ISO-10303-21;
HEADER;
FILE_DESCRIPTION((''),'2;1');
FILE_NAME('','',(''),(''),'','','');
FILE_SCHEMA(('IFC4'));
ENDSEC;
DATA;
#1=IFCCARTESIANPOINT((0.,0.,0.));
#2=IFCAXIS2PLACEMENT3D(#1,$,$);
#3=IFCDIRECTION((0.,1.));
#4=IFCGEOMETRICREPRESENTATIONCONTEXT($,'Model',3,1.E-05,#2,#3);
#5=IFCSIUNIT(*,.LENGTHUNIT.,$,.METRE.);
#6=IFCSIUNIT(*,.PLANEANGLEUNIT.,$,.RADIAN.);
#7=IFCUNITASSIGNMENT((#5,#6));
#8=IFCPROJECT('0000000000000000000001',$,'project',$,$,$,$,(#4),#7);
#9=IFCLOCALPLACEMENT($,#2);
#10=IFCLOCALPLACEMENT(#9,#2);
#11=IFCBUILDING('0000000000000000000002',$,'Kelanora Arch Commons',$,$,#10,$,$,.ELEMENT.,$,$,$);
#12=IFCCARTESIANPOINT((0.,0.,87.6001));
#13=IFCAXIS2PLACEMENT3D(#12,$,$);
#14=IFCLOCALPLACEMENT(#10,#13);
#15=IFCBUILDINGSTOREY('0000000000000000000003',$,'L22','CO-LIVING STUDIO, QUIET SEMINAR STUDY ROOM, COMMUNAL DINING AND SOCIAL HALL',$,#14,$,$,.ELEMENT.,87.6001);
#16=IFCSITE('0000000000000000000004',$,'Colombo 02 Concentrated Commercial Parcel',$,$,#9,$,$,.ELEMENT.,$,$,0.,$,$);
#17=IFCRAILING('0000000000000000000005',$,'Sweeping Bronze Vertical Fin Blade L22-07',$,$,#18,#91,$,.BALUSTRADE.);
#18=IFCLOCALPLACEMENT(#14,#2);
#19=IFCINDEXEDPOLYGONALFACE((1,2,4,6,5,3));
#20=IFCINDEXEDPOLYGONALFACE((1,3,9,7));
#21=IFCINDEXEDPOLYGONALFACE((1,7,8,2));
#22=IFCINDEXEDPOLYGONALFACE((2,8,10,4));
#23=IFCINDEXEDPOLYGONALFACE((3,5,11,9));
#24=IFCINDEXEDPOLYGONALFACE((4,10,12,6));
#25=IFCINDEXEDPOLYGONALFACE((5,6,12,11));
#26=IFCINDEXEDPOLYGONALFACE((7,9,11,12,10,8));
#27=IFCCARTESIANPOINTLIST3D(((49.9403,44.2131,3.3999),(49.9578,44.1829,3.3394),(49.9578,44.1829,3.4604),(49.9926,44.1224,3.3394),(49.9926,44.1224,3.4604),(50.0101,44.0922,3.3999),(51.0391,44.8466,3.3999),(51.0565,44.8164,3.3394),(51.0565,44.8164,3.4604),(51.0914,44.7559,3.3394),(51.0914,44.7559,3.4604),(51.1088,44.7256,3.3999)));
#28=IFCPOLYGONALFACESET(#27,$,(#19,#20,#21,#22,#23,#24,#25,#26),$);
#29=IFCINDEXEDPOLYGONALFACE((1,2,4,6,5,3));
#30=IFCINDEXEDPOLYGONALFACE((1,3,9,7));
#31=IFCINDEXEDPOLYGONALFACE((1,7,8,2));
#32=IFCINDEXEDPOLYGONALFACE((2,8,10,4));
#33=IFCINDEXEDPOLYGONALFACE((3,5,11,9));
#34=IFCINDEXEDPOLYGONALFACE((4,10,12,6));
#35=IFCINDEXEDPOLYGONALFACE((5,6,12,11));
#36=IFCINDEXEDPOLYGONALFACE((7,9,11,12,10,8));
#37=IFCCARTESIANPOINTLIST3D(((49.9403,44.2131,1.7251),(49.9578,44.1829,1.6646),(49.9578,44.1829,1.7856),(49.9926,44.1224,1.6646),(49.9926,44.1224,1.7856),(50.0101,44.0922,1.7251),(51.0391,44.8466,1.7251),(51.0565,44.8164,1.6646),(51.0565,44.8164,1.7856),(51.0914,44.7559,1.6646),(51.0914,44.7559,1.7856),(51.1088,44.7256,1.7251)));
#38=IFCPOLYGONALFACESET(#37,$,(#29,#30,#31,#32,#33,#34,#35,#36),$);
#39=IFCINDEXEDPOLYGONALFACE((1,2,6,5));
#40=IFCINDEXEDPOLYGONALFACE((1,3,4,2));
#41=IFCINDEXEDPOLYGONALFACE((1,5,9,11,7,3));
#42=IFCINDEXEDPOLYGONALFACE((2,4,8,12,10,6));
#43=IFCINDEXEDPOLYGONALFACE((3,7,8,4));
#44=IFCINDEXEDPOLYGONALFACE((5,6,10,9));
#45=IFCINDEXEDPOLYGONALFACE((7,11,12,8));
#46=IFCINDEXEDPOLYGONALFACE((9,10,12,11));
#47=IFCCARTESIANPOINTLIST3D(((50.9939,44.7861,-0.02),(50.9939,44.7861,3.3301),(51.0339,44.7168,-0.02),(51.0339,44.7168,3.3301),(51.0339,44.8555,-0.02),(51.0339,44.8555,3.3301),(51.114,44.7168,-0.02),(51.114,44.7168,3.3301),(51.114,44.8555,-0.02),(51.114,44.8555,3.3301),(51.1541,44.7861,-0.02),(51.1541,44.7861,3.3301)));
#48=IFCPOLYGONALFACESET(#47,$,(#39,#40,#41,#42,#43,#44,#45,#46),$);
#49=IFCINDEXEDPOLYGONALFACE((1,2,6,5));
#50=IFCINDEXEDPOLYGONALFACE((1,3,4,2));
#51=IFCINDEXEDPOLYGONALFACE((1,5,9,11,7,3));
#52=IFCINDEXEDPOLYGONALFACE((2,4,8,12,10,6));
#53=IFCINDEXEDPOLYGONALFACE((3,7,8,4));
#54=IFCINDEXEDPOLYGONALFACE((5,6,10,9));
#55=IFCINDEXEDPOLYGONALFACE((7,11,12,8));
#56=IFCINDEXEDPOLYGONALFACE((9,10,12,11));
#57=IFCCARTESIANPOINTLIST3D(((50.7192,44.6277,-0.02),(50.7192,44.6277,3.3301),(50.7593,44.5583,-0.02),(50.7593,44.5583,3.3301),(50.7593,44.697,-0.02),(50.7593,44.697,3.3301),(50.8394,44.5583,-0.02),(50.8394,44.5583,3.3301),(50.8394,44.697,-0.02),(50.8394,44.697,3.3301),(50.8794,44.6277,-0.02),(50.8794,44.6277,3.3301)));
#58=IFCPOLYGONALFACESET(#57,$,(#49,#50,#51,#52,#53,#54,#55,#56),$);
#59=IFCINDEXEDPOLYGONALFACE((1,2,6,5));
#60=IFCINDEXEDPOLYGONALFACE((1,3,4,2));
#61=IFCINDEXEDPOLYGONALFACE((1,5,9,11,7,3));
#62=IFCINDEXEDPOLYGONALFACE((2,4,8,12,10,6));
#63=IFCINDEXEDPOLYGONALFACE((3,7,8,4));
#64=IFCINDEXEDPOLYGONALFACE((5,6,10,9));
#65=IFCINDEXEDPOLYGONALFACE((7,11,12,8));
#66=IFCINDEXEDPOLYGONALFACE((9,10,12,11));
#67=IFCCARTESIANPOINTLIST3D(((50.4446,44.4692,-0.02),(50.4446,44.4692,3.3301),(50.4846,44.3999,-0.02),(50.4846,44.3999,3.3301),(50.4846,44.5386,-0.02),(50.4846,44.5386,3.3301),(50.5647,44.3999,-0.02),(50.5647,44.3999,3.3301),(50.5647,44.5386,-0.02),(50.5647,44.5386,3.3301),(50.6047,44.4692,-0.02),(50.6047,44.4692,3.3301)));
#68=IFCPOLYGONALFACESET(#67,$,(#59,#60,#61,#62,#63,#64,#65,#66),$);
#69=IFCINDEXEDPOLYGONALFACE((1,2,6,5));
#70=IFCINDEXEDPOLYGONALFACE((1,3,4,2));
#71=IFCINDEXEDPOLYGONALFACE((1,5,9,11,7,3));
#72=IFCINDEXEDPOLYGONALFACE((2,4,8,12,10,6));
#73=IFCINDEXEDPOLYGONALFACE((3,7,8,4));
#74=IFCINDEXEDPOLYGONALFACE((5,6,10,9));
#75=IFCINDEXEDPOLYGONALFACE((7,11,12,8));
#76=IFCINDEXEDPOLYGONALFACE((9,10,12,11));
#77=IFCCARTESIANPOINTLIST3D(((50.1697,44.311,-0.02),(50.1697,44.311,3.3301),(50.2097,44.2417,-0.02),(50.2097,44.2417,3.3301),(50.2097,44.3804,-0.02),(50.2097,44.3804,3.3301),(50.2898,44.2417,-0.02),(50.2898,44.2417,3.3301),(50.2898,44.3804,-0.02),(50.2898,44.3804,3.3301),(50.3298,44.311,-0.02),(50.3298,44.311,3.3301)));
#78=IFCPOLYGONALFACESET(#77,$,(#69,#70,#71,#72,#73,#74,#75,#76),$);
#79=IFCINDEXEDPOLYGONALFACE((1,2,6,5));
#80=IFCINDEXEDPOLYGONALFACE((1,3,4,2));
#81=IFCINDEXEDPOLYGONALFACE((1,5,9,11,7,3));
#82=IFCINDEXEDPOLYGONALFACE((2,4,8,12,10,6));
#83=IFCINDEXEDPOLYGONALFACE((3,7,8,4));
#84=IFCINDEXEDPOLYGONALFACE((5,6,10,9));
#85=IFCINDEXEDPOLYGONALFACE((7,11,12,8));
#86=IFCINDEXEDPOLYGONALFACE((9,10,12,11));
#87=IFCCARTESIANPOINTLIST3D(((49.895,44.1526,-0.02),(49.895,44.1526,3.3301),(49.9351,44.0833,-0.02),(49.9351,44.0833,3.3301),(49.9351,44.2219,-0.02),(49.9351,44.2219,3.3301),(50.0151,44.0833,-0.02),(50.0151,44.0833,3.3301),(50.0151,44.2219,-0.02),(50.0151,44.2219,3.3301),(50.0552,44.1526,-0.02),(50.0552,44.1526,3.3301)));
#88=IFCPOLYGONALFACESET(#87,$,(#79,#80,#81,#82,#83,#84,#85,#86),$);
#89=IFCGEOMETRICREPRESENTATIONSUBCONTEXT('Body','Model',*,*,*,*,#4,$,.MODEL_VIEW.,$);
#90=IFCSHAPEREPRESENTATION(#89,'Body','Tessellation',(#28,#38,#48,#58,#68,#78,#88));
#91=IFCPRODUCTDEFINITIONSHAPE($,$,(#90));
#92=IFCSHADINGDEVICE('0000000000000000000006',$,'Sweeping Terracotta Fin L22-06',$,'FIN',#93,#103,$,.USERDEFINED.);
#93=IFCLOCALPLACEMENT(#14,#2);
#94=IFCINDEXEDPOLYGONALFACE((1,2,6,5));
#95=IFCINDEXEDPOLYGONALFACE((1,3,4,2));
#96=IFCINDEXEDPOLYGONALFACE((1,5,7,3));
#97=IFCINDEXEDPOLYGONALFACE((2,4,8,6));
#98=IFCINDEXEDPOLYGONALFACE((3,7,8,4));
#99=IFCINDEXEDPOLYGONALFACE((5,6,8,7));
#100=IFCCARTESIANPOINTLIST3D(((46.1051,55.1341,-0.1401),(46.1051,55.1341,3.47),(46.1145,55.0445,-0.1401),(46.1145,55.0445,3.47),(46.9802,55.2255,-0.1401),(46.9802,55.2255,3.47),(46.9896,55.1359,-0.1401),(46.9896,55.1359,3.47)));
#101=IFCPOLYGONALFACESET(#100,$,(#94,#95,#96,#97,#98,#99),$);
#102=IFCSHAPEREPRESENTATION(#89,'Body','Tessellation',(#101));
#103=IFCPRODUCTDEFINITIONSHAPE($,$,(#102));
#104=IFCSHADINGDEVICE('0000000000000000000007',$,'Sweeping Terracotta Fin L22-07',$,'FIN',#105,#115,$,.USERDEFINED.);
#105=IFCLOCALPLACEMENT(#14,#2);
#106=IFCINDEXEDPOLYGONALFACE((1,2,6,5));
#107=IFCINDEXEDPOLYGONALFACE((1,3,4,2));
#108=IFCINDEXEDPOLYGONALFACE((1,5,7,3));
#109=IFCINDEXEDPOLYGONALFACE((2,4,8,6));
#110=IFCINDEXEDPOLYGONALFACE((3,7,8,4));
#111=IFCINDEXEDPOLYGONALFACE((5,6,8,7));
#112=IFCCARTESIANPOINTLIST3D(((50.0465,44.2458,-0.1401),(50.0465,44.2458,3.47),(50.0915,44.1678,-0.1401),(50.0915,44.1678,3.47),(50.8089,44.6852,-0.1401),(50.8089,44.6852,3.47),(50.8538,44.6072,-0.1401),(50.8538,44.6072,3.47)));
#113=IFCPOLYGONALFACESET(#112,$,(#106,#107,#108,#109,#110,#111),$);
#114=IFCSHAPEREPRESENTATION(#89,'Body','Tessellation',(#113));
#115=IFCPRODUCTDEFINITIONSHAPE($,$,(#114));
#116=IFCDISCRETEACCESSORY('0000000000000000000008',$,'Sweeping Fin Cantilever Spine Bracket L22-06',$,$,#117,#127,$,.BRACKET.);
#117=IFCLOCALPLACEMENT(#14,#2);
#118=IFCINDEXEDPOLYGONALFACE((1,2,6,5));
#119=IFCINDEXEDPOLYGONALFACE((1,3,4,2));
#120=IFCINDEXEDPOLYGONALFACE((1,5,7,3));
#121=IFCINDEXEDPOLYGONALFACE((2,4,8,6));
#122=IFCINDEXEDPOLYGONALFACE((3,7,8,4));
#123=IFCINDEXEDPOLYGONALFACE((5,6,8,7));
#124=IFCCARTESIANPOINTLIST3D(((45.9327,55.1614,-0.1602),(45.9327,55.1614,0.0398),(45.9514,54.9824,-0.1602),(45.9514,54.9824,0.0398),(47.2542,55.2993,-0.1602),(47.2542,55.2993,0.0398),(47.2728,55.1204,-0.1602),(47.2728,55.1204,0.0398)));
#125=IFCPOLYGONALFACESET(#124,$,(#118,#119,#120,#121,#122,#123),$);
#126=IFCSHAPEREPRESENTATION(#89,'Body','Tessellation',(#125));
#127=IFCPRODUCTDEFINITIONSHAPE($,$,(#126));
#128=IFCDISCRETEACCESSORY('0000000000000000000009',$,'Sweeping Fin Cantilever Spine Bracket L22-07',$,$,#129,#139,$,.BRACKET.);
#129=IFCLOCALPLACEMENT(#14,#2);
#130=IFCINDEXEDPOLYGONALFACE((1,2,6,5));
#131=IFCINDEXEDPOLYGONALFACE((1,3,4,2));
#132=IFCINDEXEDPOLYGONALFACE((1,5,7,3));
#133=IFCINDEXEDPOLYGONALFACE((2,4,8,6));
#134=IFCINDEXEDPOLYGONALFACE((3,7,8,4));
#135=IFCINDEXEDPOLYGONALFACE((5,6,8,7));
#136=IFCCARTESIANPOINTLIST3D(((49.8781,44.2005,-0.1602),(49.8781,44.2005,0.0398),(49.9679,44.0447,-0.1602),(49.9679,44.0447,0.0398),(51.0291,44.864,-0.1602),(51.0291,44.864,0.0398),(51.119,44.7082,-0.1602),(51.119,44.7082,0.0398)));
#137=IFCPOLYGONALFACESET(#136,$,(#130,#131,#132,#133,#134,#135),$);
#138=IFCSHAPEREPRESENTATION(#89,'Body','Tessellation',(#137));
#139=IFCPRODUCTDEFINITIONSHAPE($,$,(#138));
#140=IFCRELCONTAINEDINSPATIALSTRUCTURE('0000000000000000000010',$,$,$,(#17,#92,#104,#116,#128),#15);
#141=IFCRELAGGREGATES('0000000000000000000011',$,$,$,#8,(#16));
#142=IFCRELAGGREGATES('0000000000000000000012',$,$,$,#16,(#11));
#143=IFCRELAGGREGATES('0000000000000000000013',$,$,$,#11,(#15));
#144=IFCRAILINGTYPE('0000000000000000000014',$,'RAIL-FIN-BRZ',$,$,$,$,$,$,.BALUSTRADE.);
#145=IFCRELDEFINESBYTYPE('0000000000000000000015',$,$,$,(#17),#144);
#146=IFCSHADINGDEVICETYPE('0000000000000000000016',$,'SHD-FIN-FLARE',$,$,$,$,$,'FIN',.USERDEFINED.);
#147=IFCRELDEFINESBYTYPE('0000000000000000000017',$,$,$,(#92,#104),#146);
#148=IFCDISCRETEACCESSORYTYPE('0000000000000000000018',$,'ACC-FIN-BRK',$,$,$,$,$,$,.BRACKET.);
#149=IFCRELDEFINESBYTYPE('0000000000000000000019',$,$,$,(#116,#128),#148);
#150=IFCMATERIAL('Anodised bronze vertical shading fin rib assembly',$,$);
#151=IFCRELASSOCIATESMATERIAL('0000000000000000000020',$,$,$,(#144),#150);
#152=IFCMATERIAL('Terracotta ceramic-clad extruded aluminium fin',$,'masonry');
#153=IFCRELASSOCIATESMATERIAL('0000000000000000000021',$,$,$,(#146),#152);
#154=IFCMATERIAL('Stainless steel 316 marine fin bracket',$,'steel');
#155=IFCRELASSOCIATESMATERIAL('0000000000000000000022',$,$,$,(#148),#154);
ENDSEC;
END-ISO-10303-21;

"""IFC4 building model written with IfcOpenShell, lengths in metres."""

from ifc_helpers import new_model, si_unit, direction, frame, origin, origin_2d, place, context, subcontext, project, spatial, polyline, rectangle, outline, extrude, source, transform, mapped, material, type_object, element, save


model = new_model("IFC4")

# Units and contexts
model_context = context("Model", 3, precision=1e-05, world=origin(), true_north=direction((0.0, 1.0)))
body_context = subcontext(model_context, "Body", "Model", "MODEL_VIEW")
ifc_project = project(units=[si_unit("LENGTHUNIT", "METRE"), si_unit("PLANEANGLEUNIT", "RADIAN")], contexts=[model_context])

# Site, building, storey
site_placement = place(None, origin())
site = spatial("IfcSite", under=ifc_project, at=site_placement, Name="Colombo 02 Concentrated Commercial Parcel", CompositionType="ELEMENT", RefElevation=0.0)
building_placement = place(site_placement, origin())
building = spatial("IfcBuilding", under=site, at=building_placement, Name="Kelanora Arch Commons", CompositionType="ELEMENT")
storey_placement = place(building_placement, frame((0.0, 0.0, 87.6001)))
storey = spatial("IfcBuildingStorey", under=building, at=storey_placement, Name="L22", Description="CO-LIVING STUDIO, QUIET SEMINAR STUDY ROOM, COMMUNAL DINING AND SOCIAL HALL", CompositionType="ELEMENT", Elevation=87.6001)

# Railing
ifc_material_1 = material(Name="Anodised bronze vertical shading fin rib assembly")
railing_type = type_object("IfcRailingType", Name="RAIL-FIN-BRZ", PredefinedType="BALUSTRADE", material=ifc_material_1)
railing_1_placement = place(storey_placement, frame((51.074, 44.7861, -0.02)))
element("IfcRailing", 1, at=railing_1_placement, inside=storey, type_object=railing_type, Name="Sweeping Bronze Vertical Fin Blade L22-07", PredefinedType="BALUSTRADE", context=body_context, shape_type="SweptSolid", body=[
    extrude(outline(polyline([(0.0698, 0.0), (0.0349, 0.0605), (-0.0349, 0.0605), (-0.0698, 0.0), (-0.0349, -0.0605), (0.0349, -0.0605), (0.0698, 0.0)])), frame((0.0, 0.0, 3.4199), z_axis=(-0.86633, -0.499472, 0.0), x_axis=(0.499472, -0.86633, 0.0)), (0.0, 0.0, 1.0), 1.2683),
    extrude(outline(polyline([(0.0698, 0.0), (0.0349, 0.0605), (-0.0349, 0.0605), (-0.0698, 0.0), (-0.0349, -0.0605), (0.0349, -0.0605), (0.0698, 0.0)])), frame((0.0, 0.0, 1.7451), z_axis=(-0.86633, -0.499472, 0.0), x_axis=(0.499472, -0.86633, 0.0)), (0.0, 0.0, 1.0), 1.2683),
    extrude(outline(polyline([(0.0801, 0.0), (0.04, 0.0693), (-0.04, 0.0693), (-0.0801, 0.0), (-0.04, -0.0693), (0.04, -0.0693), (0.0801, 0.0)])), origin(), (0.0, 0.0, 1.0), 3.3501),
    extrude(outline(polyline([(0.0801, 0.0), (0.04, 0.0693), (-0.04, 0.0693), (-0.0801, 0.0), (-0.04, -0.0693), (0.04, -0.0693), (0.0801, 0.0)])), frame((-0.2747, -0.1584, 0.0)), (0.0, 0.0, 1.0), 3.3501),
    extrude(outline(polyline([(0.0801, 0.0), (0.04, 0.0693), (-0.04, 0.0693), (-0.0801, 0.0), (-0.04, -0.0693), (0.04, -0.0693), (0.0801, 0.0)])), frame((-0.5493, -0.3169, 0.0)), (0.0, 0.0, 1.0), 3.3501),
    extrude(outline(polyline([(0.0801, 0.0), (0.04, 0.0693), (-0.04, 0.0693), (-0.0801, 0.0), (-0.04, -0.0693), (0.04, -0.0693), (0.0801, 0.0)])), frame((-0.8242, -0.4751, 0.0)), (0.0, 0.0, 1.0), 3.3501),
    extrude(outline(polyline([(0.0801, 0.0), (0.04, 0.0693), (-0.04, 0.0693), (-0.0801, 0.0), (-0.04, -0.0693), (0.04, -0.0693), (0.0801, 0.0)])), frame((-1.0989, -0.6335, 0.0)), (0.0, 0.0, 1.0), 3.3501),
])

# Shading devices
ifc_material_2 = material(Name="Terracotta ceramic-clad extruded aluminium fin", Category="masonry")
shading_device_type = type_object("IfcShadingDeviceType", Name="SHD-FIN-FLARE", ElementType="FIN", PredefinedType="USERDEFINED", material=ifc_material_2)
shared_shape_1 = source(origin(), body_context, "Body", "SweptSolid", [
    extrude(rectangle(XDim=0.8799, YDim=0.0901, at=origin_2d()), origin(), (0.0, 0.0, 1.0), 3.6101),
])
for number, where, z_axis, x_axis, name in (
    (2, (46.5474, 55.135, -0.1401), (0.0, 0.0, 1.0), (-0.994595, -0.103834, 0.0), "Sweeping Terracotta Fin L22-06"),
    (3, (50.4502, 44.4265, -0.1401), (0.0, 0.0, 1.0), (-0.866374, -0.499395, 0.0), "Sweeping Terracotta Fin L22-07"),
):
    element("IfcShadingDevice", number, at=place(storey_placement, frame(where, z_axis=z_axis, x_axis=x_axis)), inside=storey, type_object=shading_device_type, Name=name, ObjectType="FIN", PredefinedType="USERDEFINED", context=body_context, shape_type="MappedRepresentation", body=[
        mapped(shared_shape_1, transform((0.0, 0.0, 0.0), scale=1.0)),
    ])

# Discrete accessories
ifc_material_3 = material(Name="Stainless steel 316 marine fin bracket", Category="steel")
discrete_accessory_type = type_object("IfcDiscreteAccessoryType", Name="ACC-FIN-BRK", PredefinedType="BRACKET", material=ifc_material_3)
shared_shape_2 = source(origin(), body_context, "Body", "SweptSolid", [
    extrude(rectangle(XDim=1.3286, YDim=0.1799, at=origin_2d()), origin(), (0.0, 0.0, 1.0), 0.2),
])
for number, where, z_axis, x_axis, name in (
    (4, (46.6028, 55.1409, -0.1602), (0.0, 0.0, 1.0), (-0.994595, -0.103834, 0.0), "Sweeping Fin Cantilever Spine Bracket L22-06"),
    (5, (50.4985, 44.4543, -0.1602), (0.0, 0.0, 1.0), (-0.866374, -0.499395, 0.0), "Sweeping Fin Cantilever Spine Bracket L22-07"),
):
    element("IfcDiscreteAccessory", number, at=place(storey_placement, frame(where, z_axis=z_axis, x_axis=x_axis)), inside=storey, type_object=discrete_accessory_type, Name=name, PredefinedType="BRACKET", context=body_context, shape_type="MappedRepresentation", body=[
        mapped(shared_shape_2, transform((0.0, 0.0, 0.0), scale=1.0)),
    ])

save(model, "model.ifc")
